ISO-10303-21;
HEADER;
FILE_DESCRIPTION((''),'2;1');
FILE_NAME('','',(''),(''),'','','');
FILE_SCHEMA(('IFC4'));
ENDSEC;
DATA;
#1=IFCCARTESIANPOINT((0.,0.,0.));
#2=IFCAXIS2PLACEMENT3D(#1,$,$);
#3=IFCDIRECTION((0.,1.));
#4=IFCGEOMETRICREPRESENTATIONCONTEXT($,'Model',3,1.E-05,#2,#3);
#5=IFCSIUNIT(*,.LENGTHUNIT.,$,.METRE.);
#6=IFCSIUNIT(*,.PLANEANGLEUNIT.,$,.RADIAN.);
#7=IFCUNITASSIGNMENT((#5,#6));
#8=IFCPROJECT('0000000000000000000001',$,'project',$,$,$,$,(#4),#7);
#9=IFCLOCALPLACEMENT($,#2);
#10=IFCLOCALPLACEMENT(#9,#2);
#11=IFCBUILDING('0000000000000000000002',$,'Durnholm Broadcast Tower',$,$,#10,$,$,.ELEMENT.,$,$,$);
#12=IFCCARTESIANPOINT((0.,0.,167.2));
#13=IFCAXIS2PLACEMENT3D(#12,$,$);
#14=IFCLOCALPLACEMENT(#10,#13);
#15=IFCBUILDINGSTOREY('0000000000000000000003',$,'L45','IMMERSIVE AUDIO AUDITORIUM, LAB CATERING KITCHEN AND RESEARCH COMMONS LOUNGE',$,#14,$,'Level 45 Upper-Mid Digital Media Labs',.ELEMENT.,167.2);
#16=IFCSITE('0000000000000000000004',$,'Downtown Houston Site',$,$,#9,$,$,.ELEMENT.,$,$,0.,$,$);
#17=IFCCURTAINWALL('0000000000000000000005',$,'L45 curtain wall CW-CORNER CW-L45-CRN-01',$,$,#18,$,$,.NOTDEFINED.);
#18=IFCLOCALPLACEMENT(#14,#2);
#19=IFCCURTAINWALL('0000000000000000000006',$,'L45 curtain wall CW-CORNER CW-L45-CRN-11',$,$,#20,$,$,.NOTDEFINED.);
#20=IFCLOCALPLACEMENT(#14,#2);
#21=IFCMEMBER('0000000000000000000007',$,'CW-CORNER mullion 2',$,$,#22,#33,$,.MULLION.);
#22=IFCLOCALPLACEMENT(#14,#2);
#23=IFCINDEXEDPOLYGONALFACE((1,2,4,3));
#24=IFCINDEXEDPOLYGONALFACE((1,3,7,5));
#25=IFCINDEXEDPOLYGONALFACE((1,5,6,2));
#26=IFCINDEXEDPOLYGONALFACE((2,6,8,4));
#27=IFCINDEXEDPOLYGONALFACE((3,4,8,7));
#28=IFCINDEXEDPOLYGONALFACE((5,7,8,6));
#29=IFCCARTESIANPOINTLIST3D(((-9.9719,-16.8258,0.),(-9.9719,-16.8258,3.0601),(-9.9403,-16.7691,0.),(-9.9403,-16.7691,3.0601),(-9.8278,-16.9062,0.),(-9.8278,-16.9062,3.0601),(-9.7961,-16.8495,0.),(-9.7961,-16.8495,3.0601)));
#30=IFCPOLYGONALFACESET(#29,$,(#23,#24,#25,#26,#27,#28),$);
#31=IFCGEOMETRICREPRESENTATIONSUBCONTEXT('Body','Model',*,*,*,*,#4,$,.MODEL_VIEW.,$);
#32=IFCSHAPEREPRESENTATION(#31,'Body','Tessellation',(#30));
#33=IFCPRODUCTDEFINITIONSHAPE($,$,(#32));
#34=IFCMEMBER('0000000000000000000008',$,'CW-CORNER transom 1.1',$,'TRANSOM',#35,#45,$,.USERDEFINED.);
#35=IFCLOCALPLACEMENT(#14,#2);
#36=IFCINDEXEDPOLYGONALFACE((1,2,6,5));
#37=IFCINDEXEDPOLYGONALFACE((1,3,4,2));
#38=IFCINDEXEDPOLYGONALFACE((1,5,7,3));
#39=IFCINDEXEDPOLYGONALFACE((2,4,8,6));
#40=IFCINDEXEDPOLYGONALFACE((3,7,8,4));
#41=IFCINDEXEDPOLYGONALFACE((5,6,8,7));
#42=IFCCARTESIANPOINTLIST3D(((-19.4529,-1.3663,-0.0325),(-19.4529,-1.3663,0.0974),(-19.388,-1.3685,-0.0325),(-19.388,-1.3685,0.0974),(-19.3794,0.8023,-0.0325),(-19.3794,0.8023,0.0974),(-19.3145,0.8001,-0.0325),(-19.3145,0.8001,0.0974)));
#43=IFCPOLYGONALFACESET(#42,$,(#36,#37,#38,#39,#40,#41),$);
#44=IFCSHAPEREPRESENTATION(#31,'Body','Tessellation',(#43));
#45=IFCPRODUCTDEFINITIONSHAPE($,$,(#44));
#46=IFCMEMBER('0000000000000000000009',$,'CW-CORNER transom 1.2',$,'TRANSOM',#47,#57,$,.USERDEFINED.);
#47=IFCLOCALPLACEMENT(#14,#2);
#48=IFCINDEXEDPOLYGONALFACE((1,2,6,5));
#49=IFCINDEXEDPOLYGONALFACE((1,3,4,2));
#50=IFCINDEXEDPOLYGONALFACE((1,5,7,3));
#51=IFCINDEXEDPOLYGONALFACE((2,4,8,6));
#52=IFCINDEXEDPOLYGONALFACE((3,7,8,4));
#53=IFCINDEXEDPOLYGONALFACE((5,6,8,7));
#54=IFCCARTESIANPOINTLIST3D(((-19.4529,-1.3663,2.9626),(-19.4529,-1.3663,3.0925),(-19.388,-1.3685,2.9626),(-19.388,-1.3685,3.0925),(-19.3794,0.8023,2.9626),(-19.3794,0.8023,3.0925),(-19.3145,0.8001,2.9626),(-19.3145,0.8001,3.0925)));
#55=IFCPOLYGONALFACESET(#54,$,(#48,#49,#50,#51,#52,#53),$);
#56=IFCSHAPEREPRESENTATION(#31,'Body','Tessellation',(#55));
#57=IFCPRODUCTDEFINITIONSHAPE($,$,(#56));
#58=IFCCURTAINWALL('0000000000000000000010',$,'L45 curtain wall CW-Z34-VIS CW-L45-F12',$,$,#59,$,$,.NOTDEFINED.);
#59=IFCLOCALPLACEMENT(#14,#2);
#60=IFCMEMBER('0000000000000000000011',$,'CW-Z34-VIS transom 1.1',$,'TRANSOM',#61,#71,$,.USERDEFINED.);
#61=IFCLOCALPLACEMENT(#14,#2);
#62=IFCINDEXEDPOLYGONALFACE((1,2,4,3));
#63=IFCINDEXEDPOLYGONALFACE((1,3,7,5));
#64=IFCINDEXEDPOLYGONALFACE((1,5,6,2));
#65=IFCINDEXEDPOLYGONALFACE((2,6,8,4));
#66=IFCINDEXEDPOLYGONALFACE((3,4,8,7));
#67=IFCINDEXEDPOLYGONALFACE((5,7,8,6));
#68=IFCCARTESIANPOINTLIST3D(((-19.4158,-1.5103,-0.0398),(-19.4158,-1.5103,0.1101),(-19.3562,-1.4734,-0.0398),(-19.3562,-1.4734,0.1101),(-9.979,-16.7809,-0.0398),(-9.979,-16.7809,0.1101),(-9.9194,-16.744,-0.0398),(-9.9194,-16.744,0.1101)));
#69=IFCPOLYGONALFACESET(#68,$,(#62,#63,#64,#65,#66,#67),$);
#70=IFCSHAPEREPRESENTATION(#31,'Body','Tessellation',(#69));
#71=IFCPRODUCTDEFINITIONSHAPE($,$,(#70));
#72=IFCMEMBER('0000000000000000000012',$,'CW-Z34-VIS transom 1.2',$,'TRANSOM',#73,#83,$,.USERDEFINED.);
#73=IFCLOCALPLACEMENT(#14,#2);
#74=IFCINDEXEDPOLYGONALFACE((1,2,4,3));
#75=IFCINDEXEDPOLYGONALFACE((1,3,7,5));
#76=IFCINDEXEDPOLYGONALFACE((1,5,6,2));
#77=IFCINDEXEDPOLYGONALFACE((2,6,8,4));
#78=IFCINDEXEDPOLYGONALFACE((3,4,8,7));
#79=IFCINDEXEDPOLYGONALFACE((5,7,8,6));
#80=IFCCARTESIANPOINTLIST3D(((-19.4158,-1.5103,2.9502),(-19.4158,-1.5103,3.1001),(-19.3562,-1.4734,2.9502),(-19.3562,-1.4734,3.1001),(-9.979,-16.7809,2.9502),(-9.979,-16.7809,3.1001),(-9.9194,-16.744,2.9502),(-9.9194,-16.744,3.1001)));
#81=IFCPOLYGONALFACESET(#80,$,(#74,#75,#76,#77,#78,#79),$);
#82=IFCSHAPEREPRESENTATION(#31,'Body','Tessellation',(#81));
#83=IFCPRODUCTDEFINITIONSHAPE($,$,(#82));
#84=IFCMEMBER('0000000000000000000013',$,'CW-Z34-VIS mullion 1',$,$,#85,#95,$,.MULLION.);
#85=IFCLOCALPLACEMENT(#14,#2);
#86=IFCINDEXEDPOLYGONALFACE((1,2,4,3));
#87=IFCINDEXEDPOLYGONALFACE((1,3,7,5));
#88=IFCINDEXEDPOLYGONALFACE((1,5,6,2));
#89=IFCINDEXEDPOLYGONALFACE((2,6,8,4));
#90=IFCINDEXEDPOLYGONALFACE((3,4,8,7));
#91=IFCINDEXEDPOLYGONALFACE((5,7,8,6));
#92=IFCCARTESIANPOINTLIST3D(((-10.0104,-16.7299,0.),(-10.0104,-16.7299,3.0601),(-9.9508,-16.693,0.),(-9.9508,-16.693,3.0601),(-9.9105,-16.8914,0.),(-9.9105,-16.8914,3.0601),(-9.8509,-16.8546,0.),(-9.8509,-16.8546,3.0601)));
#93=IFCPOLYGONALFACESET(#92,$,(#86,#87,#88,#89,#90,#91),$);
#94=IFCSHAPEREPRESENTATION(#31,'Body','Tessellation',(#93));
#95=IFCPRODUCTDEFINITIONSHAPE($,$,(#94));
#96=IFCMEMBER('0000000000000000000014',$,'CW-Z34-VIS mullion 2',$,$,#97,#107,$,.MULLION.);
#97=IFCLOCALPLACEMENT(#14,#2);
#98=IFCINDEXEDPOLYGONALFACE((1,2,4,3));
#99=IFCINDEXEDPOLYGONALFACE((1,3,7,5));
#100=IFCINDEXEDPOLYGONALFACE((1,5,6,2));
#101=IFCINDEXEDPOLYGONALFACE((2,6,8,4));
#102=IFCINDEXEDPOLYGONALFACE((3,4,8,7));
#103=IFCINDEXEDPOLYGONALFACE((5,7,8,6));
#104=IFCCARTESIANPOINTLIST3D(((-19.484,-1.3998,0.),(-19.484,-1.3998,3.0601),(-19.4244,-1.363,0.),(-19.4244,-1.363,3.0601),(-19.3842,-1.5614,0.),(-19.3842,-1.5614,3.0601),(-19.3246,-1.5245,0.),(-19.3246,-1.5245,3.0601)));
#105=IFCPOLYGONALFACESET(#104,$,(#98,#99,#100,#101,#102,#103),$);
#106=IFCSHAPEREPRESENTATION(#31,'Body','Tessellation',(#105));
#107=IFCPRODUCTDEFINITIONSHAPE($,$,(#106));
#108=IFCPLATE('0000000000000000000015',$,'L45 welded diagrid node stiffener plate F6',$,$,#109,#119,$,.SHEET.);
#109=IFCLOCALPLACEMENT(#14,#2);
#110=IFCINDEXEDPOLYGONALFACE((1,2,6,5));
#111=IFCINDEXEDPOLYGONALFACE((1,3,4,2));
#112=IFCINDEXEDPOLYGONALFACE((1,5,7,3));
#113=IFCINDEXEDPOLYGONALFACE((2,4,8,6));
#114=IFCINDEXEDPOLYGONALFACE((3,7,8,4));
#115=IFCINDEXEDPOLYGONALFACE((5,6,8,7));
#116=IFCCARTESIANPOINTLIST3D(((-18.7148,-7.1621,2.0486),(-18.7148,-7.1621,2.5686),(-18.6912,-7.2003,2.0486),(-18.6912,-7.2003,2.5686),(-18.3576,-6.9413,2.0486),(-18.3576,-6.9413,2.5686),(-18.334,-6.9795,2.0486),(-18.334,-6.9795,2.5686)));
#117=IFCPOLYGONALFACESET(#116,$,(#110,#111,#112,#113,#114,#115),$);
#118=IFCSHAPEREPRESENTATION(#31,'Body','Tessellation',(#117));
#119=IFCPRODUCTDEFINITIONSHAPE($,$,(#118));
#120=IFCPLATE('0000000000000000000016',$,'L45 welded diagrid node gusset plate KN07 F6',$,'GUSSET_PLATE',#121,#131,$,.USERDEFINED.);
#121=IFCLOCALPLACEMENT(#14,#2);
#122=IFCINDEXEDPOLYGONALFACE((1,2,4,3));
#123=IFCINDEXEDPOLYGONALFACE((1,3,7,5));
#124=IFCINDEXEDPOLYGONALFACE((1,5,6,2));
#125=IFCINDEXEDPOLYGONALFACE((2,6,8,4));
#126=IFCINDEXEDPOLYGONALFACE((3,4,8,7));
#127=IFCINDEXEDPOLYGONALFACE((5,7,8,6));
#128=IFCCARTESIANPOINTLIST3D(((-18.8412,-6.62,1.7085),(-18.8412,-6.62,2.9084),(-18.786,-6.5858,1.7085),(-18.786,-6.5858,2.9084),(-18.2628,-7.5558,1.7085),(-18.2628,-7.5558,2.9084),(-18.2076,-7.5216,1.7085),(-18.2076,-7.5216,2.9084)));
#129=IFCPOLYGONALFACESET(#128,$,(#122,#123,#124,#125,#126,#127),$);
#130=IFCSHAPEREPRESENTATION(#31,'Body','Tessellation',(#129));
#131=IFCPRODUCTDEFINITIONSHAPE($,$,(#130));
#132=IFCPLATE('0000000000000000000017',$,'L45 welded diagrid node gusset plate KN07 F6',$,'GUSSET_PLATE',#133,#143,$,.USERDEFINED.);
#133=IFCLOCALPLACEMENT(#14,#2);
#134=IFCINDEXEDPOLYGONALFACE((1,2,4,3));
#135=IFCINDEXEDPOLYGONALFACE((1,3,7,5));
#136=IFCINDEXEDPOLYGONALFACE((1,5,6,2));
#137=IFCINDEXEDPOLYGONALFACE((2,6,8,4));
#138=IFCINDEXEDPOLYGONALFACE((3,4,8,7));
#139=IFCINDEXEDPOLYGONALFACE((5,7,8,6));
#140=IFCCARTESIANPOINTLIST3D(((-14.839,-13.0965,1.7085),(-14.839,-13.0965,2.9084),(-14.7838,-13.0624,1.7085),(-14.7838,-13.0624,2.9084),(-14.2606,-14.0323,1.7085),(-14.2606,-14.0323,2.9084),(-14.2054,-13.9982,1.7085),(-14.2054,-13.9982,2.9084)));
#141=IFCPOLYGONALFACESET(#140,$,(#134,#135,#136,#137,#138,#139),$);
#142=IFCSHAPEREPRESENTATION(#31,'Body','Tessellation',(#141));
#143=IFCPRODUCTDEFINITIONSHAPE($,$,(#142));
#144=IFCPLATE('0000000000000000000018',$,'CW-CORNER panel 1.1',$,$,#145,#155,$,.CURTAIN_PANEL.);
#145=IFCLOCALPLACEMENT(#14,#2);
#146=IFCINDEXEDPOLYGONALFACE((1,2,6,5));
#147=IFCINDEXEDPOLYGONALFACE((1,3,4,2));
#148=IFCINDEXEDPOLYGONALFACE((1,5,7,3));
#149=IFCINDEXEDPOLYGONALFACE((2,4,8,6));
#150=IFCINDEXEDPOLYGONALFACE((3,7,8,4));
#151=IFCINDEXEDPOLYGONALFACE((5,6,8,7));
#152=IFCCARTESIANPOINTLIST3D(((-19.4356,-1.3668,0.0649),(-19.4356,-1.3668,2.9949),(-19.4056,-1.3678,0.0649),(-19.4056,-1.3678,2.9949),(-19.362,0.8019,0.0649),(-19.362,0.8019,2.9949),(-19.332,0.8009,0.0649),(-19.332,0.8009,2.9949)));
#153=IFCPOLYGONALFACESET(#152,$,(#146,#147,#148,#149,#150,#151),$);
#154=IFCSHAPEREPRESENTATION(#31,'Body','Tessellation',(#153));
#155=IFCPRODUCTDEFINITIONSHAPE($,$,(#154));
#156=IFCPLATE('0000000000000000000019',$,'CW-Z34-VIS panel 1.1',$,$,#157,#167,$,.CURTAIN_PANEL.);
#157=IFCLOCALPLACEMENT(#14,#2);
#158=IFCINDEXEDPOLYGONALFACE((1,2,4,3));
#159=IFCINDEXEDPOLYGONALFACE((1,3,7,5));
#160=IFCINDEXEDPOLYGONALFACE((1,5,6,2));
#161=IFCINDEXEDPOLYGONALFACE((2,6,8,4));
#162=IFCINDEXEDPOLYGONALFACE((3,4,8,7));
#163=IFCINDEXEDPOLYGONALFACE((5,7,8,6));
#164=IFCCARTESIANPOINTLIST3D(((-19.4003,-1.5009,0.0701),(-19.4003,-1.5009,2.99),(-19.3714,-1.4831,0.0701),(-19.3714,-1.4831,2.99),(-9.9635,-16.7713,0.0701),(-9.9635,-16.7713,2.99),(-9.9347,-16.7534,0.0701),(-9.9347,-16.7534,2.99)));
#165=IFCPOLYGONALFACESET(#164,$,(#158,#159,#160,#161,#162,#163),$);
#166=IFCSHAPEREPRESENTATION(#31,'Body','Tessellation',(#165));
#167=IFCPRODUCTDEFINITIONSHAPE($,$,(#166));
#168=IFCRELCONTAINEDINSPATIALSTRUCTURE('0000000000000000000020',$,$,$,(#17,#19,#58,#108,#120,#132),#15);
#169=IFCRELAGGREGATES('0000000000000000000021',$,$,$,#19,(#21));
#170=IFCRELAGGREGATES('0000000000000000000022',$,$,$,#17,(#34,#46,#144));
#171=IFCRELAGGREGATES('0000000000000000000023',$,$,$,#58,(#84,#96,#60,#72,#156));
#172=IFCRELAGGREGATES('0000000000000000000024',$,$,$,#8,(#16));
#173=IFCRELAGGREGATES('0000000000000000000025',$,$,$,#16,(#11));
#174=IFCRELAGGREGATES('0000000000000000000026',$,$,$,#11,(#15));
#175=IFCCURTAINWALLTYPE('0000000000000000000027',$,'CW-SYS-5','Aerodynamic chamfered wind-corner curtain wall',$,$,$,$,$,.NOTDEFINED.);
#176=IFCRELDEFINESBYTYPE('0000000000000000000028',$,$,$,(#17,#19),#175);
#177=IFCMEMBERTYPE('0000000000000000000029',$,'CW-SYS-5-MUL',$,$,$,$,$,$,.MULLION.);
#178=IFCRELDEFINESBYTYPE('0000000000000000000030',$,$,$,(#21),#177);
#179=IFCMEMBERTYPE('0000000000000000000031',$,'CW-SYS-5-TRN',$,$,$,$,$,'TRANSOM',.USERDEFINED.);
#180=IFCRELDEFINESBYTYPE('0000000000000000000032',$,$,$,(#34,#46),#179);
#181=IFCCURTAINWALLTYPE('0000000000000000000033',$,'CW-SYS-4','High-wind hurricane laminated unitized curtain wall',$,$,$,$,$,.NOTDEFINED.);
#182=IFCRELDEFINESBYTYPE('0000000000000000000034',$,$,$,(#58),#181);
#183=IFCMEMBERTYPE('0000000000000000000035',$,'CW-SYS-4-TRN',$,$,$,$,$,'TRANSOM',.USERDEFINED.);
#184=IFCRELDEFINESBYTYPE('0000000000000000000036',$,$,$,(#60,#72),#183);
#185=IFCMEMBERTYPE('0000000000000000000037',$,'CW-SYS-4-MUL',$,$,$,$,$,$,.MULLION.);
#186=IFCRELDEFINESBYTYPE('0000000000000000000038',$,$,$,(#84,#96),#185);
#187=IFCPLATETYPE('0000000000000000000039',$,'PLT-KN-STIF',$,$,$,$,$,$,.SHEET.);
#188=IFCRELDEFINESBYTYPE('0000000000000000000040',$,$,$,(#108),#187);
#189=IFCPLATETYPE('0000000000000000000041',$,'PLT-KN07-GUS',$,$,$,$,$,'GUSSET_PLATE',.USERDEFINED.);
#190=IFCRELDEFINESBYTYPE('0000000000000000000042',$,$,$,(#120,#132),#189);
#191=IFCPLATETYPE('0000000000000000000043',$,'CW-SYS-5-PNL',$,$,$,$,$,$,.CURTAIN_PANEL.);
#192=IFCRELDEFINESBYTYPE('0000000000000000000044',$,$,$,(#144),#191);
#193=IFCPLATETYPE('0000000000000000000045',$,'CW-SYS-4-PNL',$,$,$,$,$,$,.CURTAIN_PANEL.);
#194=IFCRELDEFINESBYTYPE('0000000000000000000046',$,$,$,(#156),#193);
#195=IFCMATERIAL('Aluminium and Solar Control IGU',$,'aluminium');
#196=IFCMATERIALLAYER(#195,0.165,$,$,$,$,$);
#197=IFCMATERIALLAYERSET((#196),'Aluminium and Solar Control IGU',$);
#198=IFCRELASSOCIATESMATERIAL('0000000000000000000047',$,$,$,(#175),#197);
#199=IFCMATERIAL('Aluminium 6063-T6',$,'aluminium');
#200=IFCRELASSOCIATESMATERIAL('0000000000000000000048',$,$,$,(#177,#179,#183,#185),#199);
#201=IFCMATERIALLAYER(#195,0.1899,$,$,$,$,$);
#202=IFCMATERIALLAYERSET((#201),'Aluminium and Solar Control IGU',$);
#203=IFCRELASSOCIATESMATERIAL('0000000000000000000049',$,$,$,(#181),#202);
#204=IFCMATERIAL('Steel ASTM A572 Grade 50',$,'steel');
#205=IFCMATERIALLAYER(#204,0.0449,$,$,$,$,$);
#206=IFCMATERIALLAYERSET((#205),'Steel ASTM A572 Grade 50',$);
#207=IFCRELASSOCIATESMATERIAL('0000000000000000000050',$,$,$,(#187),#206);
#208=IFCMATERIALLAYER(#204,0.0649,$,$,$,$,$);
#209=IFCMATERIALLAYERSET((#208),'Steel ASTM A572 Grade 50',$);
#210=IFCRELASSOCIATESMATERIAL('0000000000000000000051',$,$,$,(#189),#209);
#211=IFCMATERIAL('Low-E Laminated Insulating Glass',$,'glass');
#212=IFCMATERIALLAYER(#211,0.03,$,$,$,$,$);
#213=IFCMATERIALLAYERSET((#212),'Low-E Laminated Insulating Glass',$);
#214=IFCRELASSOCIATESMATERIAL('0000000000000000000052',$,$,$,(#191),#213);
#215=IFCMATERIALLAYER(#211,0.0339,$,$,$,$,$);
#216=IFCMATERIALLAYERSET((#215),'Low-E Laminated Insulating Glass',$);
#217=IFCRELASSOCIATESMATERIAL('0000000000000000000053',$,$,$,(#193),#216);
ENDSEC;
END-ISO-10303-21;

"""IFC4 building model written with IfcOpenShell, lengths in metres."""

from ifc_helpers import new_model, si_unit, direction, frame, origin, origin_2d, place, context, subcontext, project, spatial, rectangle, extrude, source, transform, mapped, material, layer, layer_set, material_profile, profile_set, type_object, type_shapes, element, aggregate, save


model = new_model("IFC4")

# Units and contexts
model_context = context("Model", 3, precision=1e-05, world=origin(), true_north=direction((0.0, 1.0)))
body_context = subcontext(model_context, "Body", "Model", "MODEL_VIEW")
ifc_project = project(units=[si_unit("LENGTHUNIT", "METRE"), si_unit("PLANEANGLEUNIT", "RADIAN")], contexts=[model_context])

# Site, building, storey
site_placement = place(None, origin())
site = spatial("IfcSite", under=ifc_project, at=site_placement, Name="Downtown Houston Site", CompositionType="ELEMENT", RefElevation=0.0)
building_placement = place(site_placement, origin())
building = spatial("IfcBuilding", under=site, at=building_placement, Name="Durnholm Broadcast Tower", CompositionType="ELEMENT")
storey_placement = place(building_placement, frame((0.0, 0.0, 167.2)))
storey = spatial("IfcBuildingStorey", under=building, at=storey_placement, Name="L45", Description="IMMERSIVE AUDIO AUDITORIUM, LAB CATERING KITCHEN AND RESEARCH COMMONS LOUNGE", LongName="Level 45 Upper-Mid Digital Media Labs", CompositionType="ELEMENT", Elevation=167.2)

# Curtain walls, member
ifc_material_1 = material(Name="Aluminium and Solar Control IGU", Category="aluminium")
ifc_layer_1 = layer(ifc_material_1, 0.165)
ifc_layer_set_1 = layer_set([ifc_layer_1], Name="Aluminium and Solar Control IGU")
curtain_wall_type_1 = type_object("IfcCurtainWallType", Name="CW-SYS-5", Description="Aerodynamic chamfered wind-corner curtain wall", PredefinedType="NOTDEFINED", material=ifc_layer_set_1)
curtain_wall_1_placement = place(storey_placement, origin())
curtain_wall_1 = element("IfcCurtainWall", 1, at=curtain_wall_1_placement, inside=storey, type_object=curtain_wall_type_1, Name="L45 curtain wall CW-CORNER CW-L45-CRN-01", PredefinedType="NOTDEFINED")
ifc_material_2 = material(Name="Aluminium 6063-T6", Category="aluminium")
ifc_material_profile_1 = material_profile(ifc_material_2, rectangle(XDim=0.0649, YDim=0.165, at=origin_2d()), Name="CWM65X165")
ifc_profile_set_1 = profile_set([ifc_material_profile_1], Name="Aluminium 6063-T6")
member_type_1 = type_object("IfcMemberType", Name="CW-SYS-5-MUL", PredefinedType="MULLION", material=ifc_profile_set_1)
shared_shape_1 = source(origin(), body_context, "Body", "SweptSolid", [
    extrude(rectangle(XDim=0.0649, YDim=0.165, at=origin_2d()), origin(), (0.0, 0.0, 1.0), 3.0601),
])
type_shapes(member_type_1, [shared_shape_1])
curtain_wall_2_placement = place(storey_placement, origin())
curtain_wall_2 = element("IfcCurtainWall", 2, at=curtain_wall_2_placement, inside=storey, type_object=curtain_wall_type_1, Name="L45 curtain wall CW-CORNER CW-L45-CRN-11", PredefinedType="NOTDEFINED")
member_1_placement = place(storey_placement, frame((-9.884, -16.8376, 0.0), z_axis=(0.0, 0.0, 1.0), x_axis=(-0.486986, -0.87341, 0.0)))
member_1 = element("IfcMember", 3, at=member_1_placement, type_object=member_type_1, Name="CW-CORNER mullion 2", PredefinedType="MULLION", context=body_context, shape_type="MappedRepresentation", body=[
    mapped(shared_shape_1, transform((0.0, 0.0, 0.0), x_axis=(1.0, 0.0, 0.0), y_axis=(0.0, 1.0, 0.0), z_axis=(0.0, 0.0, 1.0), scale=1.0)),
])
aggregate(curtain_wall_2, [member_1])

# Members
ifc_material_profile_2 = material_profile(ifc_material_2, rectangle(XDim=0.0649, YDim=0.1299, at=origin_2d()), Name="CWT65X130")
ifc_profile_set_2 = profile_set([ifc_material_profile_2], Name="Aluminium 6063-T6")
member_type_2 = type_object("IfcMemberType", Name="CW-SYS-5-TRN", ElementType="TRANSOM", PredefinedType="USERDEFINED", material=ifc_profile_set_2)
shared_shape_2 = source(origin(), body_context, "Body", "SweptSolid", [
    extrude(rectangle(XDim=0.0649, YDim=0.1299, at=origin_2d()), origin(), (0.0, 0.0, 1.0), 2.1699),
])
type_shapes(member_type_2, [shared_shape_2])
member_2_placement = place(storey_placement, frame((-19.4204, -1.3674, 0.0325), z_axis=(0.033866, 0.999426, 0.0), x_axis=(-0.999426, 0.033866, 0.0)))
member_2 = element("IfcMember", 4, at=member_2_placement, type_object=member_type_2, Name="CW-CORNER transom 1.1", ObjectType="TRANSOM", PredefinedType="USERDEFINED", context=body_context, shape_type="MappedRepresentation", body=[
    mapped(shared_shape_2, transform((0.0, 0.0, 0.0), x_axis=(1.0, 0.0, 0.0), y_axis=(0.0, 1.0, 0.0), z_axis=(0.0, 0.0, 1.0), scale=1.0)),
])
member_3_placement = place(storey_placement, frame((-19.4204, -1.3674, 3.0276), z_axis=(0.033866, 0.999426, 0.0), x_axis=(-0.999426, 0.033866, 0.0)))
member_3 = element("IfcMember", 5, at=member_3_placement, type_object=member_type_2, Name="CW-CORNER transom 1.2", ObjectType="TRANSOM", PredefinedType="USERDEFINED", context=body_context, shape_type="MappedRepresentation", body=[
    mapped(shared_shape_2, transform((0.0, 0.0, 0.0), x_axis=(1.0, 0.0, 0.0), y_axis=(0.0, 1.0, 0.0), z_axis=(0.0, 0.0, 1.0), scale=1.0)),
])

# Curtain wall, members
ifc_layer_2 = layer(ifc_material_1, 0.1899)
ifc_layer_set_2 = layer_set([ifc_layer_2], Name="Aluminium and Solar Control IGU")
curtain_wall_type_2 = type_object("IfcCurtainWallType", Name="CW-SYS-4", Description="High-wind hurricane laminated unitized curtain wall", PredefinedType="NOTDEFINED", material=ifc_layer_set_2)
curtain_wall_3_placement = place(storey_placement, origin())
curtain_wall_3 = element("IfcCurtainWall", 6, at=curtain_wall_3_placement, inside=storey, type_object=curtain_wall_type_2, Name="L45 curtain wall CW-Z34-VIS CW-L45-F12", PredefinedType="NOTDEFINED")
ifc_material_profile_3 = material_profile(ifc_material_2, rectangle(XDim=0.0701, YDim=0.1499, at=origin_2d()), Name="CWT70X150")
ifc_profile_set_3 = profile_set([ifc_material_profile_3], Name="Aluminium 6063-T6")
member_type_3 = type_object("IfcMemberType", Name="CW-SYS-4-TRN", ElementType="TRANSOM", PredefinedType="USERDEFINED", material=ifc_profile_set_3)
shared_shape_3 = source(origin(), body_context, "Body", "SweptSolid", [
    extrude(rectangle(XDim=0.0701, YDim=0.1499, at=origin_2d()), origin(), (0.0, 0.0, 1.0), 17.9512),
])
type_shapes(member_type_3, [shared_shape_3])
member_4_placement = place(storey_placement, frame((-9.9492, -16.7625, 0.0352), z_axis=(-0.525694, 0.850674, 0.0), x_axis=(-0.850674, -0.525694, 0.0)))
member_4 = element("IfcMember", 7, at=member_4_placement, type_object=member_type_3, Name="CW-Z34-VIS transom 1.1", ObjectType="TRANSOM", PredefinedType="USERDEFINED", context=body_context, shape_type="MappedRepresentation", body=[
    mapped(shared_shape_3, transform((0.0, 0.0, 0.0), x_axis=(1.0, 0.0, 0.0), y_axis=(0.0, 1.0, 0.0), z_axis=(0.0, 0.0, 1.0), scale=1.0)),
])
member_5_placement = place(storey_placement, frame((-9.9492, -16.7625, 3.0251), z_axis=(-0.525694, 0.850674, 0.0), x_axis=(-0.850674, -0.525694, 0.0)))
member_5 = element("IfcMember", 8, at=member_5_placement, type_object=member_type_3, Name="CW-Z34-VIS transom 1.2", ObjectType="TRANSOM", PredefinedType="USERDEFINED", context=body_context, shape_type="MappedRepresentation", body=[
    mapped(shared_shape_3, transform((0.0, 0.0, 0.0), x_axis=(1.0, 0.0, 0.0), y_axis=(0.0, 1.0, 0.0), z_axis=(0.0, 0.0, 1.0), scale=1.0)),
])
ifc_material_profile_4 = material_profile(ifc_material_2, rectangle(XDim=0.0701, YDim=0.1899, at=origin_2d()), Name="CWM70X190")
ifc_profile_set_4 = profile_set([ifc_material_profile_4], Name="Aluminium 6063-T6")
member_type_4 = type_object("IfcMemberType", Name="CW-SYS-4-MUL", PredefinedType="MULLION", material=ifc_profile_set_4)
shared_shape_4 = source(origin(), body_context, "Body", "SweptSolid", [
    extrude(rectangle(XDim=0.0701, YDim=0.1899, at=origin_2d()), origin(), (0.0, 0.0, 1.0), 3.0601),
])
type_shapes(member_type_4, [shared_shape_4])
member_6_placement = place(storey_placement, frame((-9.9307, -16.7922, 0.0), z_axis=(0.0, 0.0, 1.0), x_axis=(-0.850671, -0.525698, 0.0)))
member_6 = element("IfcMember", 9, at=member_6_placement, type_object=member_type_4, Name="CW-Z34-VIS mullion 1", PredefinedType="MULLION", context=body_context, shape_type="MappedRepresentation", body=[
    mapped(shared_shape_4, transform((0.0, 0.0, 0.0), x_axis=(1.0, 0.0, 0.0), y_axis=(0.0, 1.0, 0.0), z_axis=(0.0, 0.0, 1.0), scale=1.0)),
])
member_7_placement = place(storey_placement, frame((-19.4043, -1.4622, 0.0), z_axis=(0.0, 0.0, 1.0), x_axis=(-0.850671, -0.525698, 0.0)))
member_7 = element("IfcMember", 10, at=member_7_placement, type_object=member_type_4, Name="CW-Z34-VIS mullion 2", PredefinedType="MULLION", context=body_context, shape_type="MappedRepresentation", body=[
    mapped(shared_shape_4, transform((0.0, 0.0, 0.0), x_axis=(1.0, 0.0, 0.0), y_axis=(0.0, 1.0, 0.0), z_axis=(0.0, 0.0, 1.0), scale=1.0)),
])

# Plates
ifc_material_3 = material(Name="Steel ASTM A572 Grade 50", Category="steel")
ifc_layer_3 = layer(ifc_material_3, 0.0449)
ifc_layer_set_3 = layer_set([ifc_layer_3], Name="Steel ASTM A572 Grade 50")
plate_type_1 = type_object("IfcPlateType", Name="PLT-KN-STIF", PredefinedType="SHEET", material=ifc_layer_set_3)
shared_shape_5 = source(origin(), body_context, "Body", "SweptSolid", [
    extrude(rectangle(XDim=0.0449, YDim=0.4199, at=origin_2d()), origin(), (0.0, 0.0, 1.0), 0.52),
])
type_shapes(plate_type_1, [shared_shape_5])
plate_1_placement = place(storey_placement, frame((-18.5244, -7.0708, 2.0486), z_axis=(0.0, 0.0, 1.0), x_axis=(0.525769, -0.850628, 0.0)))
element("IfcPlate", 11, at=plate_1_placement, inside=storey, type_object=plate_type_1, Name="L45 welded diagrid node stiffener plate F6", PredefinedType="SHEET", context=body_context, shape_type="MappedRepresentation", body=[
    mapped(shared_shape_5, transform((0.0, 0.0, 0.0), x_axis=(1.0, 0.0, 0.0), y_axis=(0.0, 1.0, 0.0), z_axis=(0.0, 0.0, 1.0), scale=1.0)),
])
ifc_layer_4 = layer(ifc_material_3, 0.0649)
ifc_layer_set_4 = layer_set([ifc_layer_4], Name="Steel ASTM A572 Grade 50")
plate_type_2 = type_object("IfcPlateType", Name="PLT-KN07-GUS", ElementType="GUSSET_PLATE", PredefinedType="USERDEFINED", material=ifc_layer_set_4)
shared_shape_6 = source(origin(), body_context, "Body", "SweptSolid", [
    extrude(rectangle(XDim=1.1001, YDim=0.0649, at=origin_2d()), origin(), (0.0, 0.0, 1.0), 1.2),
])
type_shapes(plate_type_2, [shared_shape_6])
for number, where, z_axis, x_axis, name in (
    (12, (-18.5244, -7.0708, 1.7085), (0.0, 0.0, 1.0), (0.525769, -0.850628, 0.0), "L45 welded diagrid node gusset plate KN07 F6"),
    (13, (-14.5222, -13.5474, 1.7085), (0.0, 0.0, 1.0), (0.525769, -0.850628, 0.0), "L45 welded diagrid node gusset plate KN07 F6"),
):
    element("IfcPlate", number, at=place(storey_placement, frame(where, z_axis=z_axis, x_axis=x_axis)), inside=storey, type_object=plate_type_2, Name=name, ObjectType="GUSSET_PLATE", PredefinedType="USERDEFINED", context=body_context, shape_type="MappedRepresentation", body=[
        mapped(shared_shape_6, transform((0.0, 0.0, 0.0), x_axis=(1.0, 0.0, 0.0), y_axis=(0.0, 1.0, 0.0), z_axis=(0.0, 0.0, 1.0), scale=1.0)),
    ])

# Plates
ifc_material_4 = material(Name="Low-E Laminated Insulating Glass", Category="glass")
ifc_layer_5 = layer(ifc_material_4, 0.03)
ifc_layer_set_5 = layer_set([ifc_layer_5], Name="Low-E Laminated Insulating Glass")
plate_type_3 = type_object("IfcPlateType", Name="CW-SYS-5-PNL", PredefinedType="CURTAIN_PANEL", material=ifc_layer_set_5)
shared_shape_7 = source(origin(), body_context, "Body", "SweptSolid", [
    extrude(rectangle(XDim=2.1699, YDim=0.03, at=origin_2d()), origin(), (0.0, 0.0, 1.0), 2.9299),
])
type_shapes(plate_type_3, [shared_shape_7])
plate_2_placement = place(storey_placement, frame((-19.3838, -0.283, 0.0649), z_axis=(0.0, 0.0, 1.0), x_axis=(0.033913, 0.999425, 0.0)))
plate_2 = element("IfcPlate", 14, at=plate_2_placement, type_object=plate_type_3, Name="CW-CORNER panel 1.1", PredefinedType="CURTAIN_PANEL", context=body_context, shape_type="MappedRepresentation", body=[
    mapped(shared_shape_7, transform((0.0, 0.0, 0.0), x_axis=(1.0, 0.0, 0.0), y_axis=(0.0, 1.0, 0.0), z_axis=(0.0, 0.0, 1.0), scale=1.0)),
])
aggregate(curtain_wall_1, [member_2, member_3, plate_2])
ifc_layer_6 = layer(ifc_material_4, 0.0339)
ifc_layer_set_6 = layer_set([ifc_layer_6], Name="Low-E Laminated Insulating Glass")
plate_type_4 = type_object("IfcPlateType", Name="CW-SYS-4-PNL", PredefinedType="CURTAIN_PANEL", material=ifc_layer_set_6)
shared_shape_8 = source(origin(), body_context, "Body", "SweptSolid", [
    extrude(rectangle(XDim=17.9509, YDim=0.0339, at=origin_2d()), origin(), (0.0, 0.0, 1.0), 2.9199),
])
type_shapes(plate_type_4, [shared_shape_8])
plate_3_placement = place(storey_placement, frame((-14.6675, -9.1272, 0.0701), z_axis=(0.0, 0.0, 1.0), x_axis=(-0.525698, 0.850671, 0.0)))
plate_3 = element("IfcPlate", 15, at=plate_3_placement, type_object=plate_type_4, Name="CW-Z34-VIS panel 1.1", PredefinedType="CURTAIN_PANEL", context=body_context, shape_type="MappedRepresentation", body=[
    mapped(shared_shape_8, transform((0.0, 0.0, 0.0), x_axis=(1.0, 0.0, 0.0), y_axis=(0.0, 1.0, 0.0), z_axis=(0.0, 0.0, 1.0), scale=1.0)),
])
aggregate(curtain_wall_3, [member_6, member_7, member_4, member_5, plate_3])

save(model, "model.ifc")
